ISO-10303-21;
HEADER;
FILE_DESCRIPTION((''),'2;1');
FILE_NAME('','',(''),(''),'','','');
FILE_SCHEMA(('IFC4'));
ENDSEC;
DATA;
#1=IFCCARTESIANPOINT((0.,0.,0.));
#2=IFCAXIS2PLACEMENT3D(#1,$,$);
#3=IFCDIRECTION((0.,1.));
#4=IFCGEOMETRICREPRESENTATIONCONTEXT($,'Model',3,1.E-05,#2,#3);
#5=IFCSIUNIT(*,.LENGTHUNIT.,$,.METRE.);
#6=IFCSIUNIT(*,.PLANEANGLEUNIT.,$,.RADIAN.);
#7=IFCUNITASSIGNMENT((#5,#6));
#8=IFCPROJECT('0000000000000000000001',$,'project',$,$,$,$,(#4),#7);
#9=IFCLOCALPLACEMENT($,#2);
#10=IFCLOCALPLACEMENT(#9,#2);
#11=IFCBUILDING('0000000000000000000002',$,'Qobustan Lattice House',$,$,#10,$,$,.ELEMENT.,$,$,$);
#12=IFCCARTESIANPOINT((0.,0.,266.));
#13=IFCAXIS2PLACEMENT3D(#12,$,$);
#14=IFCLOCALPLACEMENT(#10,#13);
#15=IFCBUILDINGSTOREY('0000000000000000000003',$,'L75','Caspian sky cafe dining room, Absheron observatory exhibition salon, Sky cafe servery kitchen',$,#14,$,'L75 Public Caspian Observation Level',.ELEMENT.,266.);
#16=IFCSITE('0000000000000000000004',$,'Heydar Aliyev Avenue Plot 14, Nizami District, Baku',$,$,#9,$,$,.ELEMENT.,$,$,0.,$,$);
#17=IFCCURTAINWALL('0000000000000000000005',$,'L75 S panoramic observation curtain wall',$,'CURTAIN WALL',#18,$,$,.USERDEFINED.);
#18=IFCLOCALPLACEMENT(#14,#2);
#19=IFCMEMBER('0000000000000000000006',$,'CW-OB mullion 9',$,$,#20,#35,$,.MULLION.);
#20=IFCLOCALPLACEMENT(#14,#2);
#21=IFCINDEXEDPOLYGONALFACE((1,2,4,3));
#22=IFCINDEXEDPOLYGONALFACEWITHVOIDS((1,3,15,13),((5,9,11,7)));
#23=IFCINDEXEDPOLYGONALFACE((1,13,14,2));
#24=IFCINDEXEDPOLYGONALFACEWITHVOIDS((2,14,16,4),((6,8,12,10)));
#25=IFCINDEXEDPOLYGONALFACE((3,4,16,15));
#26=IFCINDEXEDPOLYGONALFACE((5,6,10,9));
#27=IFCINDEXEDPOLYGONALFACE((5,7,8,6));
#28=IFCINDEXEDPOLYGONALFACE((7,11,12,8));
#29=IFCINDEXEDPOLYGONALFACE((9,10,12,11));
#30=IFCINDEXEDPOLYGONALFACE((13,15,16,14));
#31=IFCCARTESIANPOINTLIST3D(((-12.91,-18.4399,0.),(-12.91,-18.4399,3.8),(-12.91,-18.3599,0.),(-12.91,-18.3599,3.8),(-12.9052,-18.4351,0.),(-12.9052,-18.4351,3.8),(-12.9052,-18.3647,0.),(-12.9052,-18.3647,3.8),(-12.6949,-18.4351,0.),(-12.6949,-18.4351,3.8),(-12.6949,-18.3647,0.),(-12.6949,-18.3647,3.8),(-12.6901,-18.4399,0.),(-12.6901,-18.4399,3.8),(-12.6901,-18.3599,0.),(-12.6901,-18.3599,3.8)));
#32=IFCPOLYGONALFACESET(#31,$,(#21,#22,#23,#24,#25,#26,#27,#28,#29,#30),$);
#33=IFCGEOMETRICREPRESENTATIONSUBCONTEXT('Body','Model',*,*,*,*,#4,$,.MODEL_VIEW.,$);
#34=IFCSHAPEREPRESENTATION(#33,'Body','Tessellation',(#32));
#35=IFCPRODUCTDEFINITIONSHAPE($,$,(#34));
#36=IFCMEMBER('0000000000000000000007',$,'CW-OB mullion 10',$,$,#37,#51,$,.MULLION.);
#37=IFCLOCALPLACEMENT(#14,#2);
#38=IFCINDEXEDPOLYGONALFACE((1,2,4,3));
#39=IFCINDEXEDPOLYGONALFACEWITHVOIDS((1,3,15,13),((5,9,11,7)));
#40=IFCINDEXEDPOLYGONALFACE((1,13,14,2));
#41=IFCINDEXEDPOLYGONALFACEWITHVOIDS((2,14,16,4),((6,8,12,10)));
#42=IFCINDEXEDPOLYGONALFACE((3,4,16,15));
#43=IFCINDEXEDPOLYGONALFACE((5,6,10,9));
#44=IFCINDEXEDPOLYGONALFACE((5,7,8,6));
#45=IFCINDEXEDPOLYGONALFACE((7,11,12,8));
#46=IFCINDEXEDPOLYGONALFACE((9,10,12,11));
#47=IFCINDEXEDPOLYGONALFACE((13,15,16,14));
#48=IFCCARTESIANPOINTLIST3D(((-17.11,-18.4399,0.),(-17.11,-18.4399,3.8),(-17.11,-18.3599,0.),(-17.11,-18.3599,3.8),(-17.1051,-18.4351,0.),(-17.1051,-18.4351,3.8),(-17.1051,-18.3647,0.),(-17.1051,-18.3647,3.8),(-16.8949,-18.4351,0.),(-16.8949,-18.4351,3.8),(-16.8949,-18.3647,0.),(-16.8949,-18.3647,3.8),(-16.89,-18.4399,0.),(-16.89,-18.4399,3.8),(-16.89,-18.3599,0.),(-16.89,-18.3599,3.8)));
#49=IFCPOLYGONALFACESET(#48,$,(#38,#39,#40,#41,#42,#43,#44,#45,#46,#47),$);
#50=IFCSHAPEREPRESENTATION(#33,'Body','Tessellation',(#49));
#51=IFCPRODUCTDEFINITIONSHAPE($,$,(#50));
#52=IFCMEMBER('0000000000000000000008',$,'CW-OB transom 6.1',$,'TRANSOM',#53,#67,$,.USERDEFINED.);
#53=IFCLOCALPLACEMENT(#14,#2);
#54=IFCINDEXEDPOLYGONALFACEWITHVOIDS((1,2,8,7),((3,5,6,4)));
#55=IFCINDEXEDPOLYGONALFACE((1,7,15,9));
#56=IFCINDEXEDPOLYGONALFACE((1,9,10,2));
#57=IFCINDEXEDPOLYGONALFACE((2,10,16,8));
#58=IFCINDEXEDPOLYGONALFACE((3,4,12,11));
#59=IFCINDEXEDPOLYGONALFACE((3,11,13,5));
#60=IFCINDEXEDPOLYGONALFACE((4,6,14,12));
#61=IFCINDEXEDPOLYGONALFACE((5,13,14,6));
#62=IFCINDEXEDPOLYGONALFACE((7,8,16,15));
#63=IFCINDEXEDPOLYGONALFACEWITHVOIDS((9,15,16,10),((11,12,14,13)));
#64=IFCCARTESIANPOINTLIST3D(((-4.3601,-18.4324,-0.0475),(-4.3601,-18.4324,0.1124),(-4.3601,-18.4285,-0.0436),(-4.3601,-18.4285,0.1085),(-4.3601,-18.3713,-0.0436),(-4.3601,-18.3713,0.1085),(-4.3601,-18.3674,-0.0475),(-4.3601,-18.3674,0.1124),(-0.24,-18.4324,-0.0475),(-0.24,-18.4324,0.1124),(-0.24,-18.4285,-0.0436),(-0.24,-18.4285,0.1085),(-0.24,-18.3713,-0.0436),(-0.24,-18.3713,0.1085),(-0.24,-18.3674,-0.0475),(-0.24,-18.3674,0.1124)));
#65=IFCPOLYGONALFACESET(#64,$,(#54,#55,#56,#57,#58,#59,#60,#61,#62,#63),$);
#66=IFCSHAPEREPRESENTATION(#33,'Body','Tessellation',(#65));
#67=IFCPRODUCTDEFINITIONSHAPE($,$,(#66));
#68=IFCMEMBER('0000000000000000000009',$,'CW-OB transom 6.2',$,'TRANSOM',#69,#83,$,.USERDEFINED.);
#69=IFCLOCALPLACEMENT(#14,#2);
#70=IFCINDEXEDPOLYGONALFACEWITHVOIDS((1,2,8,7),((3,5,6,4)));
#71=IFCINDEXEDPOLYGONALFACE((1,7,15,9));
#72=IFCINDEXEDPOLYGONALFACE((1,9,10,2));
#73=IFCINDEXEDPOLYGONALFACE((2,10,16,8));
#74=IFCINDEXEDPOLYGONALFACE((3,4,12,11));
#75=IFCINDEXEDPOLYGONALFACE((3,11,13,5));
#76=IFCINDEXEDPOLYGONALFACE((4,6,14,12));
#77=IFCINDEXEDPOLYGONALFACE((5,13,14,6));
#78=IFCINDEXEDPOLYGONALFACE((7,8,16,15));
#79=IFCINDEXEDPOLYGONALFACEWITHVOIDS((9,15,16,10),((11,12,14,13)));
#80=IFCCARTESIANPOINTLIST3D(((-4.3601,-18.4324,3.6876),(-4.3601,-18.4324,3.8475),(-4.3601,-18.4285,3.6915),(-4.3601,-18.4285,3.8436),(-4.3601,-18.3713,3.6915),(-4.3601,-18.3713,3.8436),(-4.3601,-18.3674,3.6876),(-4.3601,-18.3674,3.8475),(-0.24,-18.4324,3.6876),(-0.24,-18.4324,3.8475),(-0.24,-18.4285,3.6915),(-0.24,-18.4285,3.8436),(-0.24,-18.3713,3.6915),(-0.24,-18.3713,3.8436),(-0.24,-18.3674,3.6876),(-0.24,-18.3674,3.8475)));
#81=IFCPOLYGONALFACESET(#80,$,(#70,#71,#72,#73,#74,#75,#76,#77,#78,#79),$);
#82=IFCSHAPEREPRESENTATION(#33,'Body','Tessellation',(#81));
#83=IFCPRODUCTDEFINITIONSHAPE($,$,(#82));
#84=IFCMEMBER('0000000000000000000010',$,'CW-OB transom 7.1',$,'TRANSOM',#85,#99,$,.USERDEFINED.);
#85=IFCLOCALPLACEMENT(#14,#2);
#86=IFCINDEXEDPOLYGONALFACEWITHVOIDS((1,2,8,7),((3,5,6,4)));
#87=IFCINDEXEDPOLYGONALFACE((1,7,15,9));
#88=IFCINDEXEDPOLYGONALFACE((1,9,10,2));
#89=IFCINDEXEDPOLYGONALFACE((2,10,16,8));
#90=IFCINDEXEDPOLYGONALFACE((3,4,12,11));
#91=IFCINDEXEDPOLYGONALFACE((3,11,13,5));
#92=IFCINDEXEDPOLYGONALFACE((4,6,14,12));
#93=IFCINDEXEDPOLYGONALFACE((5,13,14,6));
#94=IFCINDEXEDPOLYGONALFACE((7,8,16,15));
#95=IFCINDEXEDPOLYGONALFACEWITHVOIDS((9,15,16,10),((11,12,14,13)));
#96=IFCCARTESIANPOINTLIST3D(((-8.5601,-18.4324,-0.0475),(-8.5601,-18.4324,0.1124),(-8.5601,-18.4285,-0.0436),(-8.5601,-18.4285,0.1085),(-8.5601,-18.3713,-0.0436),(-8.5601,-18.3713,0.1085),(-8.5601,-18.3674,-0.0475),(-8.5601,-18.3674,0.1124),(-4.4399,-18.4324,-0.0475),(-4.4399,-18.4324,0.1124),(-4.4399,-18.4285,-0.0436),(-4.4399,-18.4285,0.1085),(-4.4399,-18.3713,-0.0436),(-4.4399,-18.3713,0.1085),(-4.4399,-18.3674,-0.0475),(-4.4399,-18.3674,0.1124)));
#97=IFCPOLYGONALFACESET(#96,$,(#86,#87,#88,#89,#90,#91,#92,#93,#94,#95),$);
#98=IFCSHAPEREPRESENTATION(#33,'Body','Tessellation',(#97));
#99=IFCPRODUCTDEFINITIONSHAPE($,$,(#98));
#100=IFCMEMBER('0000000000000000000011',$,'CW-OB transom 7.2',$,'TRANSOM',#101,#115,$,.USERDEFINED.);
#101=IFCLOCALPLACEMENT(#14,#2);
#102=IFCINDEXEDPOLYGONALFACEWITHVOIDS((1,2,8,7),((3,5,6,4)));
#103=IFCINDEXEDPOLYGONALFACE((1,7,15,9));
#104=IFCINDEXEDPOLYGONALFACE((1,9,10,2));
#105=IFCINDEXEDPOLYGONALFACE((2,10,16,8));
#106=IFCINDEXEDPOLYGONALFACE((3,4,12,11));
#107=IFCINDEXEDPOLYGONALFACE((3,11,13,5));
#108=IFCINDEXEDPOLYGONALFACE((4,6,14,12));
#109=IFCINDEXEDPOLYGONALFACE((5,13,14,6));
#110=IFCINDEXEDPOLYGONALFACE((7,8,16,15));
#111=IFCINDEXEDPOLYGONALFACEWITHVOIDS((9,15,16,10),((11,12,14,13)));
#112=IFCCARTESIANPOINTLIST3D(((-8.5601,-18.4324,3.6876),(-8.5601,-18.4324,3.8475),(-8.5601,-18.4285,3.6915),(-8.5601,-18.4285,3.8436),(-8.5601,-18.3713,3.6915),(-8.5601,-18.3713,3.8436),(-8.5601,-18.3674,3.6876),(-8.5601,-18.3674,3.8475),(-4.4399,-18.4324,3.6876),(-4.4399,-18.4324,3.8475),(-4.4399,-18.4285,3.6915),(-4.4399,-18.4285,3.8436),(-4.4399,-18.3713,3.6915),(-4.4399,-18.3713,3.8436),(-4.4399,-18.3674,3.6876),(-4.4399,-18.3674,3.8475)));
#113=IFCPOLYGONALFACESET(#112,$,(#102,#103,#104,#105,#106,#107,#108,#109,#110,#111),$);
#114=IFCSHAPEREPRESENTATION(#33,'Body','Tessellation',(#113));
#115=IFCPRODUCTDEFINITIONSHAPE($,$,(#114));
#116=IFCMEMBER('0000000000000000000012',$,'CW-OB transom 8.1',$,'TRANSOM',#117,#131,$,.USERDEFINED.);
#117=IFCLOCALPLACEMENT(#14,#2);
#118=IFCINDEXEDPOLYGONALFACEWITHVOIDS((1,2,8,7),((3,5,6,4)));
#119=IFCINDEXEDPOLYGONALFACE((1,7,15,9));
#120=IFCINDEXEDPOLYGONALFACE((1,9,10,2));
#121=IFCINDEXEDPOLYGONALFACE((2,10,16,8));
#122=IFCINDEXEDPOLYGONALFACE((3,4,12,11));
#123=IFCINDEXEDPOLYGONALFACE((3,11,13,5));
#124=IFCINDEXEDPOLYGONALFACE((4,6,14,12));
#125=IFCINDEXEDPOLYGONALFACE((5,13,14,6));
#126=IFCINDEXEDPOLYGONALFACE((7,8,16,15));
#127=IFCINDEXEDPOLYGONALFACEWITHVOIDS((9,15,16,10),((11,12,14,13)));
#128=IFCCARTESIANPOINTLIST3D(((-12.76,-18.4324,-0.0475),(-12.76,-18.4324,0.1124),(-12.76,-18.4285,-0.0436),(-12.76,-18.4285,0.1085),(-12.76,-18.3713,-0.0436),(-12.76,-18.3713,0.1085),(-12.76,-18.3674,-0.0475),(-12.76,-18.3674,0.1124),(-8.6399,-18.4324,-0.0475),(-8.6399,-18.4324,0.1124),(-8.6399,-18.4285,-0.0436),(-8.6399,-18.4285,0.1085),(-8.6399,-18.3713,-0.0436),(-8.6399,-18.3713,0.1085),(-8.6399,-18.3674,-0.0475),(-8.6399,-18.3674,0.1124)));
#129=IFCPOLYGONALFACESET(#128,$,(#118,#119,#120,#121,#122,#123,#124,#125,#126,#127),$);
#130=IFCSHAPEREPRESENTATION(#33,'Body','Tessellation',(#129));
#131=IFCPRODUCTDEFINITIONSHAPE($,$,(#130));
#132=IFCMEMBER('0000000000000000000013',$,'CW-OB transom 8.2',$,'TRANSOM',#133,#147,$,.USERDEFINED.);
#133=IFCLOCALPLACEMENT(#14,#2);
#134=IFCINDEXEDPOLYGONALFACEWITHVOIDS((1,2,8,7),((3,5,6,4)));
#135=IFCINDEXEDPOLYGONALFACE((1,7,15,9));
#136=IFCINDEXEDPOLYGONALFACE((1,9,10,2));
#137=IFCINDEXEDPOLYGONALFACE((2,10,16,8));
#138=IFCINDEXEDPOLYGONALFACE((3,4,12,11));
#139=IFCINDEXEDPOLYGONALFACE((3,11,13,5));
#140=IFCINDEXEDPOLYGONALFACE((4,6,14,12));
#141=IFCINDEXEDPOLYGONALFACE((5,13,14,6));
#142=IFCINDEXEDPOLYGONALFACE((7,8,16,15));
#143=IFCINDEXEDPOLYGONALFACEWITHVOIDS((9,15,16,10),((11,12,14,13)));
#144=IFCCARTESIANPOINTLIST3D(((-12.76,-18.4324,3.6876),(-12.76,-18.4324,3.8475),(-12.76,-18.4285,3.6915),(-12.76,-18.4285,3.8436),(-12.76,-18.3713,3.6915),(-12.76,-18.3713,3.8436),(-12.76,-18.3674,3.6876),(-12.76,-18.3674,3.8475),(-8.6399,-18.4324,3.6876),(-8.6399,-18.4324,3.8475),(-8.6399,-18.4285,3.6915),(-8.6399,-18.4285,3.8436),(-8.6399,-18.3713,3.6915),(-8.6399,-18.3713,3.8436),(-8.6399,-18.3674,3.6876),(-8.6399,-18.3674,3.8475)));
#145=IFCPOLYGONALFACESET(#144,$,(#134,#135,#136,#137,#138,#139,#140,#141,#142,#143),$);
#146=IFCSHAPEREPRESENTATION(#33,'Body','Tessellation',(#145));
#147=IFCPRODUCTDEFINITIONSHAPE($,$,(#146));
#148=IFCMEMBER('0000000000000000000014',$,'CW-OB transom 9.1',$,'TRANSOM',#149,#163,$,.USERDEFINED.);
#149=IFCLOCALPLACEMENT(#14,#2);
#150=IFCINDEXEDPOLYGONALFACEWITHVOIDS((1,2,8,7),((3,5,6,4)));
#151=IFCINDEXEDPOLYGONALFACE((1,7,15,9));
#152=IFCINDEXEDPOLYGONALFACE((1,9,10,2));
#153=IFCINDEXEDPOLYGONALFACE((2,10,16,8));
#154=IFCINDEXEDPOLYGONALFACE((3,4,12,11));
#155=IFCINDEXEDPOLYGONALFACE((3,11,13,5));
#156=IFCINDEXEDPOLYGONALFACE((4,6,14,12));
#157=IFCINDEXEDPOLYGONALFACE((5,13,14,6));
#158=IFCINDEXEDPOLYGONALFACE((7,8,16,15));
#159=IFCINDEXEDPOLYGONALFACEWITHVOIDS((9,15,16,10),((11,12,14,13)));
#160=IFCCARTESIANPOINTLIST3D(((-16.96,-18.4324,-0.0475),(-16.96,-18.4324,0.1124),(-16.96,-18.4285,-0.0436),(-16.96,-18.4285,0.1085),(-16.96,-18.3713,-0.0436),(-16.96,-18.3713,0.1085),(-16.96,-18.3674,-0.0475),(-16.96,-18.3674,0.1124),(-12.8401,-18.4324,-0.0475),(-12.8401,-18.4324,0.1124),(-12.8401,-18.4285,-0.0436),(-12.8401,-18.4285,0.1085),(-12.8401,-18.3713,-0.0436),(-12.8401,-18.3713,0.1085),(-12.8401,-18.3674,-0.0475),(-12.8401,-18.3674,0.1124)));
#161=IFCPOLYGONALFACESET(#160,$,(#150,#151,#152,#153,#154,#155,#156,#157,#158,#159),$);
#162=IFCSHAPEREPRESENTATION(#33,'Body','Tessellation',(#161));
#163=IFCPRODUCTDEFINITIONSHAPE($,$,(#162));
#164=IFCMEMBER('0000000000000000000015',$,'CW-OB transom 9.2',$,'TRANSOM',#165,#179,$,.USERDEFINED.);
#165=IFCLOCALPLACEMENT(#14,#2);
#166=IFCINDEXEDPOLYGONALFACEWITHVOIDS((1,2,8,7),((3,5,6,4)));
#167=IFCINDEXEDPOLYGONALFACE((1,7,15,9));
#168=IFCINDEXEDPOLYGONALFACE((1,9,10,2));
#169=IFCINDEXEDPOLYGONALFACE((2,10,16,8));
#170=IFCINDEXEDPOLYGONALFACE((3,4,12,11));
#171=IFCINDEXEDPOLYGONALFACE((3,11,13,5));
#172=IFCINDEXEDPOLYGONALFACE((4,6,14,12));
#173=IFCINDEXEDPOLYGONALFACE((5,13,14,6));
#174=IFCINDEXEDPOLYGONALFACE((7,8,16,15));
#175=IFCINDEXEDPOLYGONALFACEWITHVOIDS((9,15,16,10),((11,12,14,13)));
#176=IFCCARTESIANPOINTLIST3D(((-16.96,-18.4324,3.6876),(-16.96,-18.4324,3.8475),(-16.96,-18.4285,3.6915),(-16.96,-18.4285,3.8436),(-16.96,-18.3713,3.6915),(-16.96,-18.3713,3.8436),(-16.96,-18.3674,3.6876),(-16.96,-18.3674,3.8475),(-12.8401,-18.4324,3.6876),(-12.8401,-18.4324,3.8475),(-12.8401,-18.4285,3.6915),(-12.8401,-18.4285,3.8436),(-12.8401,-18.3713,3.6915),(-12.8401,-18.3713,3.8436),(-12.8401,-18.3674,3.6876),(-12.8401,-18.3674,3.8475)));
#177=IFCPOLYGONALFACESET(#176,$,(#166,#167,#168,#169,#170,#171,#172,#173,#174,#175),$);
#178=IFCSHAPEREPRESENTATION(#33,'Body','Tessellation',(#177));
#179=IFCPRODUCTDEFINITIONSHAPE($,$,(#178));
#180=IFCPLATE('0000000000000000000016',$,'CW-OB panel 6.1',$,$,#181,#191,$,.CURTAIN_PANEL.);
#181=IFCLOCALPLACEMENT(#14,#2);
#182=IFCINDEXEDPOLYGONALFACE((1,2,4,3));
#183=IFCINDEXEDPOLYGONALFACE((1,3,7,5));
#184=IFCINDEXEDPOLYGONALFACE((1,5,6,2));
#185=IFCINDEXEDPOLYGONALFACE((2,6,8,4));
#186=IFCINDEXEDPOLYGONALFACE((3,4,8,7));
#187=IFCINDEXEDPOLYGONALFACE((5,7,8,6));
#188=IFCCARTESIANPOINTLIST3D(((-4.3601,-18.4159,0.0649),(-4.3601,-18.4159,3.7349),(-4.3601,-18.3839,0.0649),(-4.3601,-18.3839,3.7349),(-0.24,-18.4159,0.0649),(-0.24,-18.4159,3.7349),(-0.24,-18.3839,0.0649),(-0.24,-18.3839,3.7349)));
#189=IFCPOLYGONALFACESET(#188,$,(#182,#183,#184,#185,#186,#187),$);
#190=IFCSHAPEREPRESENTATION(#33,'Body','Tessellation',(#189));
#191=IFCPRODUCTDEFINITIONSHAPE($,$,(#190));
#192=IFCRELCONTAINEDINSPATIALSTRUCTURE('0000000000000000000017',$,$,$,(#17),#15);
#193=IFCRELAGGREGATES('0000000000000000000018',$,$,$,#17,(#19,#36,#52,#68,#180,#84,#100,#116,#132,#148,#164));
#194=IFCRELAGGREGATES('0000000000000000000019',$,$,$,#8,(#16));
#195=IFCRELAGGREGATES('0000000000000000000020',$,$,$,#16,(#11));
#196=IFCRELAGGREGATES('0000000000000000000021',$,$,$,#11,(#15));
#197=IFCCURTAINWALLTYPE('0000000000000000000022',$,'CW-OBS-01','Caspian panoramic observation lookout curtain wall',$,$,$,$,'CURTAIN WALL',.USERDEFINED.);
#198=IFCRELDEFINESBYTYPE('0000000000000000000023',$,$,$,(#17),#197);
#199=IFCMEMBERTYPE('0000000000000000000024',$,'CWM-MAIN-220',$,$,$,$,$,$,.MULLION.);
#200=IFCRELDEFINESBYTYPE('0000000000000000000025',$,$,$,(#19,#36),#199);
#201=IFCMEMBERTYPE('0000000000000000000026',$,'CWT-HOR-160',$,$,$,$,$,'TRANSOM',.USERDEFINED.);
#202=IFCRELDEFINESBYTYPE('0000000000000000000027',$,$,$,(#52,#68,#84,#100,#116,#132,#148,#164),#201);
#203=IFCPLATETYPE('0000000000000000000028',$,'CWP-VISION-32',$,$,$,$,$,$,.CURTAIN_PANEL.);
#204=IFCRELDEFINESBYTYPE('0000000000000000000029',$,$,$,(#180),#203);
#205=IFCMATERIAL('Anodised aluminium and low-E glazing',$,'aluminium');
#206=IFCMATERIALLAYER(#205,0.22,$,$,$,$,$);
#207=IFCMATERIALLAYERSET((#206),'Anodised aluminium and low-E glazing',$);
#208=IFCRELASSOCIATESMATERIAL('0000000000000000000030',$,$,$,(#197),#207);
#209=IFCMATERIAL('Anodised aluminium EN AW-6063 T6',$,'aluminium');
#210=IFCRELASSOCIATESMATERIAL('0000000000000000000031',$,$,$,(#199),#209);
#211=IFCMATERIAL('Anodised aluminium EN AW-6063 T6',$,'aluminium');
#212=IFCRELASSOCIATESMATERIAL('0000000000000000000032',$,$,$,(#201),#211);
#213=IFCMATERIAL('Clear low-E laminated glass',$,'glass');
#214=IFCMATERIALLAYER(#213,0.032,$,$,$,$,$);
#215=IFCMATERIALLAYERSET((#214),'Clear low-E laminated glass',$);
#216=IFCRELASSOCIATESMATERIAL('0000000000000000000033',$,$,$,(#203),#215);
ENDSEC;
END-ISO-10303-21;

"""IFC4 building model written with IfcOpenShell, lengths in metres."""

from ifc_helpers import new_model, si_unit, direction, frame, origin, origin_2d, place, context, subcontext, project, spatial, rectangle, hollow_rectangle, extrude, material, layer, layer_set, material_profile, profile_set, type_object, element, aggregate, save


model = new_model("IFC4")

# Units and contexts
model_context = context("Model", 3, precision=1e-05, world=origin(), true_north=direction((0.0, 1.0)))
body_context = subcontext(model_context, "Body", "Model", "MODEL_VIEW")
ifc_project = project(units=[si_unit("LENGTHUNIT", "METRE"), si_unit("PLANEANGLEUNIT", "RADIAN")], contexts=[model_context])

# Site, building, storey
site_placement = place(None, origin())
site = spatial("IfcSite", under=ifc_project, at=site_placement, Name="Heydar Aliyev Avenue Plot 14, Nizami District, Baku", CompositionType="ELEMENT", RefElevation=0.0)
building_placement = place(site_placement, origin())
building = spatial("IfcBuilding", under=site, at=building_placement, Name="Qobustan Lattice House", CompositionType="ELEMENT")
storey_placement = place(building_placement, frame((0.0, 0.0, 266.0)))
storey = spatial("IfcBuildingStorey", under=building, at=storey_placement, Name="L75", Description="Caspian sky cafe dining room, Absheron observatory exhibition salon, Sky cafe servery kitchen", LongName="L75 Public Caspian Observation Level", CompositionType="ELEMENT", Elevation=266.0)

# Curtain wall, members, plate
ifc_material_1 = material(Name="Anodised aluminium and low-E glazing", Category="aluminium")
ifc_layer_1 = layer(ifc_material_1, 0.22)
ifc_layer_set_1 = layer_set([ifc_layer_1], Name="Anodised aluminium and low-E glazing")
curtain_wall_type = type_object("IfcCurtainWallType", Name="CW-OBS-01", Description="Caspian panoramic observation lookout curtain wall", ElementType="CURTAIN WALL", PredefinedType="USERDEFINED", material=ifc_layer_set_1)
curtain_wall_placement = place(storey_placement, origin())
curtain_wall = element("IfcCurtainWall", 1, at=curtain_wall_placement, inside=storey, type_object=curtain_wall_type, Name="L75 S panoramic observation curtain wall", ObjectType="CURTAIN WALL", PredefinedType="USERDEFINED")
ifc_material_2 = material(Name="Anodised aluminium EN AW-6063 T6", Category="aluminium")
ifc_material_profile_1 = material_profile(ifc_material_2, hollow_rectangle(XDim=0.0801, YDim=0.22, WallThickness=0.0049, at=origin_2d()), Name="CWM-220x80")
ifc_profile_set_1 = profile_set([ifc_material_profile_1], Name="Anodised aluminium EN AW-6063 T6")
member_type_1 = type_object("IfcMemberType", Name="CWM-MAIN-220", PredefinedType="MULLION", material=ifc_profile_set_1)
member_1_placement = place(storey_placement, frame((-12.8, -18.3999, 0.0), z_axis=(0.0, 0.0, 1.0), x_axis=(0.0, -1.0, 0.0)))
member_1 = element("IfcMember", 2, at=member_1_placement, type_object=member_type_1, Name="CW-OB mullion 9", PredefinedType="MULLION", context=body_context, shape_type="SweptSolid", body=[
    extrude(hollow_rectangle(XDim=0.0801, YDim=0.22, WallThickness=0.0049, at=origin_2d()), origin(), (0.0, 0.0, 1.0), 3.8),
])
member_2_placement = place(storey_placement, frame((-17.0, -18.3999, 0.0), z_axis=(0.0, 0.0, 1.0), x_axis=(0.0, -1.0, 0.0)))
member_2 = element("IfcMember", 3, at=member_2_placement, type_object=member_type_1, Name="CW-OB mullion 10", PredefinedType="MULLION", context=body_context, shape_type="SweptSolid", body=[
    extrude(hollow_rectangle(XDim=0.0801, YDim=0.22, WallThickness=0.0049, at=origin_2d()), origin(), (0.0, 0.0, 1.0), 3.8),
])
ifc_material_3 = material(Name="Anodised aluminium EN AW-6063 T6", Category="aluminium")
ifc_material_profile_2 = material_profile(ifc_material_3, hollow_rectangle(XDim=0.0649, YDim=0.1599, WallThickness=0.0039, at=origin_2d()), Name="CWT-160x65")
ifc_profile_set_2 = profile_set([ifc_material_profile_2], Name="Anodised aluminium EN AW-6063 T6")
member_type_2 = type_object("IfcMemberType", Name="CWT-HOR-160", ElementType="TRANSOM", PredefinedType="USERDEFINED", material=ifc_profile_set_2)
member_3_placement = place(storey_placement, frame((-0.24, -18.3999, 0.0325), z_axis=(-1.0, 0.0, 0.0), x_axis=(0.0, -1.0, 0.0)))
member_3 = element("IfcMember", 4, at=member_3_placement, type_object=member_type_2, Name="CW-OB transom 6.1", ObjectType="TRANSOM", PredefinedType="USERDEFINED", context=body_context, shape_type="SweptSolid", body=[
    extrude(hollow_rectangle(XDim=0.0649, YDim=0.1599, WallThickness=0.0039, at=origin_2d()), origin(), (0.0, 0.0, 1.0), 4.1201),
])
member_4_placement = place(storey_placement, frame((-0.24, -18.3999, 3.7676), z_axis=(-1.0, 0.0, 0.0), x_axis=(0.0, -1.0, 0.0)))
member_4 = element("IfcMember", 5, at=member_4_placement, type_object=member_type_2, Name="CW-OB transom 6.2", ObjectType="TRANSOM", PredefinedType="USERDEFINED", context=body_context, shape_type="SweptSolid", body=[
    extrude(hollow_rectangle(XDim=0.0649, YDim=0.1599, WallThickness=0.0039, at=origin_2d()), origin(), (0.0, 0.0, 1.0), 4.1201),
])
member_5_placement = place(storey_placement, frame((-4.4399, -18.3999, 0.0325), z_axis=(-1.0, 0.0, 0.0), x_axis=(0.0, -1.0, 0.0)))
member_5 = element("IfcMember", 6, at=member_5_placement, type_object=member_type_2, Name="CW-OB transom 7.1", ObjectType="TRANSOM", PredefinedType="USERDEFINED", context=body_context, shape_type="SweptSolid", body=[
    extrude(hollow_rectangle(XDim=0.0649, YDim=0.1599, WallThickness=0.0039, at=origin_2d()), origin(), (0.0, 0.0, 1.0), 4.1201),
])
member_6_placement = place(storey_placement, frame((-4.4399, -18.3999, 3.7676), z_axis=(-1.0, 0.0, 0.0), x_axis=(0.0, -1.0, 0.0)))
member_6 = element("IfcMember", 7, at=member_6_placement, type_object=member_type_2, Name="CW-OB transom 7.2", ObjectType="TRANSOM", PredefinedType="USERDEFINED", context=body_context, shape_type="SweptSolid", body=[
    extrude(hollow_rectangle(XDim=0.0649, YDim=0.1599, WallThickness=0.0039, at=origin_2d()), origin(), (0.0, 0.0, 1.0), 4.1201),
])
member_7_placement = place(storey_placement, frame((-8.6399, -18.3999, 0.0325), z_axis=(-1.0, 0.0, 0.0), x_axis=(0.0, -1.0, 0.0)))
member_7 = element("IfcMember", 8, at=member_7_placement, type_object=member_type_2, Name="CW-OB transom 8.1", ObjectType="TRANSOM", PredefinedType="USERDEFINED", context=body_context, shape_type="SweptSolid", body=[
    extrude(hollow_rectangle(XDim=0.0649, YDim=0.1599, WallThickness=0.0039, at=origin_2d()), origin(), (0.0, 0.0, 1.0), 4.1201),
])
member_8_placement = place(storey_placement, frame((-8.6399, -18.3999, 3.7676), z_axis=(-1.0, 0.0, 0.0), x_axis=(0.0, -1.0, 0.0)))
member_8 = element("IfcMember", 9, at=member_8_placement, type_object=member_type_2, Name="CW-OB transom 8.2", ObjectType="TRANSOM", PredefinedType="USERDEFINED", context=body_context, shape_type="SweptSolid", body=[
    extrude(hollow_rectangle(XDim=0.0649, YDim=0.1599, WallThickness=0.0039, at=origin_2d()), origin(), (0.0, 0.0, 1.0), 4.1201),
])
member_9_placement = place(storey_placement, frame((-12.8401, -18.3999, 0.0325), z_axis=(-1.0, 0.0, 0.0), x_axis=(0.0, -1.0, 0.0)))
member_9 = element("IfcMember", 10, at=member_9_placement, type_object=member_type_2, Name="CW-OB transom 9.1", ObjectType="TRANSOM", PredefinedType="USERDEFINED", context=body_context, shape_type="SweptSolid", body=[
    extrude(hollow_rectangle(XDim=0.0649, YDim=0.1599, WallThickness=0.0039, at=origin_2d()), origin(), (0.0, 0.0, 1.0), 4.1199),
])
member_10_placement = place(storey_placement, frame((-12.8401, -18.3999, 3.7676), z_axis=(-1.0, 0.0, 0.0), x_axis=(0.0, -1.0, 0.0)))
member_10 = element("IfcMember", 11, at=member_10_placement, type_object=member_type_2, Name="CW-OB transom 9.2", ObjectType="TRANSOM", PredefinedType="USERDEFINED", context=body_context, shape_type="SweptSolid", body=[
    extrude(hollow_rectangle(XDim=0.0649, YDim=0.1599, WallThickness=0.0039, at=origin_2d()), origin(), (0.0, 0.0, 1.0), 4.1199),
])
ifc_material_4 = material(Name="Clear low-E laminated glass", Category="glass")
ifc_layer_2 = layer(ifc_material_4, 0.032)
ifc_layer_set_2 = layer_set([ifc_layer_2], Name="Clear low-E laminated glass")
plate_type = type_object("IfcPlateType", Name="CWP-VISION-32", PredefinedType="CURTAIN_PANEL", material=ifc_layer_set_2)
plate_1_placement = place(storey_placement, frame((-2.3, -18.3999, 0.0649), z_axis=(0.0, 0.0, 1.0), x_axis=(-1.0, 0.0, 0.0)))
plate_1 = element("IfcPlate", 12, at=plate_1_placement, type_object=plate_type, Name="CW-OB panel 6.1", PredefinedType="CURTAIN_PANEL", context=body_context, shape_type="SweptSolid", body=[
    extrude(rectangle(XDim=4.1201, YDim=0.032, at=origin_2d()), origin(), (0.0, 0.0, 1.0), 3.6699),
])
aggregate(curtain_wall, [member_1, member_2, member_3, member_4, plate_1, member_5, member_6, member_7, member_8, member_9, member_10])

save(model, "model.ifc")
